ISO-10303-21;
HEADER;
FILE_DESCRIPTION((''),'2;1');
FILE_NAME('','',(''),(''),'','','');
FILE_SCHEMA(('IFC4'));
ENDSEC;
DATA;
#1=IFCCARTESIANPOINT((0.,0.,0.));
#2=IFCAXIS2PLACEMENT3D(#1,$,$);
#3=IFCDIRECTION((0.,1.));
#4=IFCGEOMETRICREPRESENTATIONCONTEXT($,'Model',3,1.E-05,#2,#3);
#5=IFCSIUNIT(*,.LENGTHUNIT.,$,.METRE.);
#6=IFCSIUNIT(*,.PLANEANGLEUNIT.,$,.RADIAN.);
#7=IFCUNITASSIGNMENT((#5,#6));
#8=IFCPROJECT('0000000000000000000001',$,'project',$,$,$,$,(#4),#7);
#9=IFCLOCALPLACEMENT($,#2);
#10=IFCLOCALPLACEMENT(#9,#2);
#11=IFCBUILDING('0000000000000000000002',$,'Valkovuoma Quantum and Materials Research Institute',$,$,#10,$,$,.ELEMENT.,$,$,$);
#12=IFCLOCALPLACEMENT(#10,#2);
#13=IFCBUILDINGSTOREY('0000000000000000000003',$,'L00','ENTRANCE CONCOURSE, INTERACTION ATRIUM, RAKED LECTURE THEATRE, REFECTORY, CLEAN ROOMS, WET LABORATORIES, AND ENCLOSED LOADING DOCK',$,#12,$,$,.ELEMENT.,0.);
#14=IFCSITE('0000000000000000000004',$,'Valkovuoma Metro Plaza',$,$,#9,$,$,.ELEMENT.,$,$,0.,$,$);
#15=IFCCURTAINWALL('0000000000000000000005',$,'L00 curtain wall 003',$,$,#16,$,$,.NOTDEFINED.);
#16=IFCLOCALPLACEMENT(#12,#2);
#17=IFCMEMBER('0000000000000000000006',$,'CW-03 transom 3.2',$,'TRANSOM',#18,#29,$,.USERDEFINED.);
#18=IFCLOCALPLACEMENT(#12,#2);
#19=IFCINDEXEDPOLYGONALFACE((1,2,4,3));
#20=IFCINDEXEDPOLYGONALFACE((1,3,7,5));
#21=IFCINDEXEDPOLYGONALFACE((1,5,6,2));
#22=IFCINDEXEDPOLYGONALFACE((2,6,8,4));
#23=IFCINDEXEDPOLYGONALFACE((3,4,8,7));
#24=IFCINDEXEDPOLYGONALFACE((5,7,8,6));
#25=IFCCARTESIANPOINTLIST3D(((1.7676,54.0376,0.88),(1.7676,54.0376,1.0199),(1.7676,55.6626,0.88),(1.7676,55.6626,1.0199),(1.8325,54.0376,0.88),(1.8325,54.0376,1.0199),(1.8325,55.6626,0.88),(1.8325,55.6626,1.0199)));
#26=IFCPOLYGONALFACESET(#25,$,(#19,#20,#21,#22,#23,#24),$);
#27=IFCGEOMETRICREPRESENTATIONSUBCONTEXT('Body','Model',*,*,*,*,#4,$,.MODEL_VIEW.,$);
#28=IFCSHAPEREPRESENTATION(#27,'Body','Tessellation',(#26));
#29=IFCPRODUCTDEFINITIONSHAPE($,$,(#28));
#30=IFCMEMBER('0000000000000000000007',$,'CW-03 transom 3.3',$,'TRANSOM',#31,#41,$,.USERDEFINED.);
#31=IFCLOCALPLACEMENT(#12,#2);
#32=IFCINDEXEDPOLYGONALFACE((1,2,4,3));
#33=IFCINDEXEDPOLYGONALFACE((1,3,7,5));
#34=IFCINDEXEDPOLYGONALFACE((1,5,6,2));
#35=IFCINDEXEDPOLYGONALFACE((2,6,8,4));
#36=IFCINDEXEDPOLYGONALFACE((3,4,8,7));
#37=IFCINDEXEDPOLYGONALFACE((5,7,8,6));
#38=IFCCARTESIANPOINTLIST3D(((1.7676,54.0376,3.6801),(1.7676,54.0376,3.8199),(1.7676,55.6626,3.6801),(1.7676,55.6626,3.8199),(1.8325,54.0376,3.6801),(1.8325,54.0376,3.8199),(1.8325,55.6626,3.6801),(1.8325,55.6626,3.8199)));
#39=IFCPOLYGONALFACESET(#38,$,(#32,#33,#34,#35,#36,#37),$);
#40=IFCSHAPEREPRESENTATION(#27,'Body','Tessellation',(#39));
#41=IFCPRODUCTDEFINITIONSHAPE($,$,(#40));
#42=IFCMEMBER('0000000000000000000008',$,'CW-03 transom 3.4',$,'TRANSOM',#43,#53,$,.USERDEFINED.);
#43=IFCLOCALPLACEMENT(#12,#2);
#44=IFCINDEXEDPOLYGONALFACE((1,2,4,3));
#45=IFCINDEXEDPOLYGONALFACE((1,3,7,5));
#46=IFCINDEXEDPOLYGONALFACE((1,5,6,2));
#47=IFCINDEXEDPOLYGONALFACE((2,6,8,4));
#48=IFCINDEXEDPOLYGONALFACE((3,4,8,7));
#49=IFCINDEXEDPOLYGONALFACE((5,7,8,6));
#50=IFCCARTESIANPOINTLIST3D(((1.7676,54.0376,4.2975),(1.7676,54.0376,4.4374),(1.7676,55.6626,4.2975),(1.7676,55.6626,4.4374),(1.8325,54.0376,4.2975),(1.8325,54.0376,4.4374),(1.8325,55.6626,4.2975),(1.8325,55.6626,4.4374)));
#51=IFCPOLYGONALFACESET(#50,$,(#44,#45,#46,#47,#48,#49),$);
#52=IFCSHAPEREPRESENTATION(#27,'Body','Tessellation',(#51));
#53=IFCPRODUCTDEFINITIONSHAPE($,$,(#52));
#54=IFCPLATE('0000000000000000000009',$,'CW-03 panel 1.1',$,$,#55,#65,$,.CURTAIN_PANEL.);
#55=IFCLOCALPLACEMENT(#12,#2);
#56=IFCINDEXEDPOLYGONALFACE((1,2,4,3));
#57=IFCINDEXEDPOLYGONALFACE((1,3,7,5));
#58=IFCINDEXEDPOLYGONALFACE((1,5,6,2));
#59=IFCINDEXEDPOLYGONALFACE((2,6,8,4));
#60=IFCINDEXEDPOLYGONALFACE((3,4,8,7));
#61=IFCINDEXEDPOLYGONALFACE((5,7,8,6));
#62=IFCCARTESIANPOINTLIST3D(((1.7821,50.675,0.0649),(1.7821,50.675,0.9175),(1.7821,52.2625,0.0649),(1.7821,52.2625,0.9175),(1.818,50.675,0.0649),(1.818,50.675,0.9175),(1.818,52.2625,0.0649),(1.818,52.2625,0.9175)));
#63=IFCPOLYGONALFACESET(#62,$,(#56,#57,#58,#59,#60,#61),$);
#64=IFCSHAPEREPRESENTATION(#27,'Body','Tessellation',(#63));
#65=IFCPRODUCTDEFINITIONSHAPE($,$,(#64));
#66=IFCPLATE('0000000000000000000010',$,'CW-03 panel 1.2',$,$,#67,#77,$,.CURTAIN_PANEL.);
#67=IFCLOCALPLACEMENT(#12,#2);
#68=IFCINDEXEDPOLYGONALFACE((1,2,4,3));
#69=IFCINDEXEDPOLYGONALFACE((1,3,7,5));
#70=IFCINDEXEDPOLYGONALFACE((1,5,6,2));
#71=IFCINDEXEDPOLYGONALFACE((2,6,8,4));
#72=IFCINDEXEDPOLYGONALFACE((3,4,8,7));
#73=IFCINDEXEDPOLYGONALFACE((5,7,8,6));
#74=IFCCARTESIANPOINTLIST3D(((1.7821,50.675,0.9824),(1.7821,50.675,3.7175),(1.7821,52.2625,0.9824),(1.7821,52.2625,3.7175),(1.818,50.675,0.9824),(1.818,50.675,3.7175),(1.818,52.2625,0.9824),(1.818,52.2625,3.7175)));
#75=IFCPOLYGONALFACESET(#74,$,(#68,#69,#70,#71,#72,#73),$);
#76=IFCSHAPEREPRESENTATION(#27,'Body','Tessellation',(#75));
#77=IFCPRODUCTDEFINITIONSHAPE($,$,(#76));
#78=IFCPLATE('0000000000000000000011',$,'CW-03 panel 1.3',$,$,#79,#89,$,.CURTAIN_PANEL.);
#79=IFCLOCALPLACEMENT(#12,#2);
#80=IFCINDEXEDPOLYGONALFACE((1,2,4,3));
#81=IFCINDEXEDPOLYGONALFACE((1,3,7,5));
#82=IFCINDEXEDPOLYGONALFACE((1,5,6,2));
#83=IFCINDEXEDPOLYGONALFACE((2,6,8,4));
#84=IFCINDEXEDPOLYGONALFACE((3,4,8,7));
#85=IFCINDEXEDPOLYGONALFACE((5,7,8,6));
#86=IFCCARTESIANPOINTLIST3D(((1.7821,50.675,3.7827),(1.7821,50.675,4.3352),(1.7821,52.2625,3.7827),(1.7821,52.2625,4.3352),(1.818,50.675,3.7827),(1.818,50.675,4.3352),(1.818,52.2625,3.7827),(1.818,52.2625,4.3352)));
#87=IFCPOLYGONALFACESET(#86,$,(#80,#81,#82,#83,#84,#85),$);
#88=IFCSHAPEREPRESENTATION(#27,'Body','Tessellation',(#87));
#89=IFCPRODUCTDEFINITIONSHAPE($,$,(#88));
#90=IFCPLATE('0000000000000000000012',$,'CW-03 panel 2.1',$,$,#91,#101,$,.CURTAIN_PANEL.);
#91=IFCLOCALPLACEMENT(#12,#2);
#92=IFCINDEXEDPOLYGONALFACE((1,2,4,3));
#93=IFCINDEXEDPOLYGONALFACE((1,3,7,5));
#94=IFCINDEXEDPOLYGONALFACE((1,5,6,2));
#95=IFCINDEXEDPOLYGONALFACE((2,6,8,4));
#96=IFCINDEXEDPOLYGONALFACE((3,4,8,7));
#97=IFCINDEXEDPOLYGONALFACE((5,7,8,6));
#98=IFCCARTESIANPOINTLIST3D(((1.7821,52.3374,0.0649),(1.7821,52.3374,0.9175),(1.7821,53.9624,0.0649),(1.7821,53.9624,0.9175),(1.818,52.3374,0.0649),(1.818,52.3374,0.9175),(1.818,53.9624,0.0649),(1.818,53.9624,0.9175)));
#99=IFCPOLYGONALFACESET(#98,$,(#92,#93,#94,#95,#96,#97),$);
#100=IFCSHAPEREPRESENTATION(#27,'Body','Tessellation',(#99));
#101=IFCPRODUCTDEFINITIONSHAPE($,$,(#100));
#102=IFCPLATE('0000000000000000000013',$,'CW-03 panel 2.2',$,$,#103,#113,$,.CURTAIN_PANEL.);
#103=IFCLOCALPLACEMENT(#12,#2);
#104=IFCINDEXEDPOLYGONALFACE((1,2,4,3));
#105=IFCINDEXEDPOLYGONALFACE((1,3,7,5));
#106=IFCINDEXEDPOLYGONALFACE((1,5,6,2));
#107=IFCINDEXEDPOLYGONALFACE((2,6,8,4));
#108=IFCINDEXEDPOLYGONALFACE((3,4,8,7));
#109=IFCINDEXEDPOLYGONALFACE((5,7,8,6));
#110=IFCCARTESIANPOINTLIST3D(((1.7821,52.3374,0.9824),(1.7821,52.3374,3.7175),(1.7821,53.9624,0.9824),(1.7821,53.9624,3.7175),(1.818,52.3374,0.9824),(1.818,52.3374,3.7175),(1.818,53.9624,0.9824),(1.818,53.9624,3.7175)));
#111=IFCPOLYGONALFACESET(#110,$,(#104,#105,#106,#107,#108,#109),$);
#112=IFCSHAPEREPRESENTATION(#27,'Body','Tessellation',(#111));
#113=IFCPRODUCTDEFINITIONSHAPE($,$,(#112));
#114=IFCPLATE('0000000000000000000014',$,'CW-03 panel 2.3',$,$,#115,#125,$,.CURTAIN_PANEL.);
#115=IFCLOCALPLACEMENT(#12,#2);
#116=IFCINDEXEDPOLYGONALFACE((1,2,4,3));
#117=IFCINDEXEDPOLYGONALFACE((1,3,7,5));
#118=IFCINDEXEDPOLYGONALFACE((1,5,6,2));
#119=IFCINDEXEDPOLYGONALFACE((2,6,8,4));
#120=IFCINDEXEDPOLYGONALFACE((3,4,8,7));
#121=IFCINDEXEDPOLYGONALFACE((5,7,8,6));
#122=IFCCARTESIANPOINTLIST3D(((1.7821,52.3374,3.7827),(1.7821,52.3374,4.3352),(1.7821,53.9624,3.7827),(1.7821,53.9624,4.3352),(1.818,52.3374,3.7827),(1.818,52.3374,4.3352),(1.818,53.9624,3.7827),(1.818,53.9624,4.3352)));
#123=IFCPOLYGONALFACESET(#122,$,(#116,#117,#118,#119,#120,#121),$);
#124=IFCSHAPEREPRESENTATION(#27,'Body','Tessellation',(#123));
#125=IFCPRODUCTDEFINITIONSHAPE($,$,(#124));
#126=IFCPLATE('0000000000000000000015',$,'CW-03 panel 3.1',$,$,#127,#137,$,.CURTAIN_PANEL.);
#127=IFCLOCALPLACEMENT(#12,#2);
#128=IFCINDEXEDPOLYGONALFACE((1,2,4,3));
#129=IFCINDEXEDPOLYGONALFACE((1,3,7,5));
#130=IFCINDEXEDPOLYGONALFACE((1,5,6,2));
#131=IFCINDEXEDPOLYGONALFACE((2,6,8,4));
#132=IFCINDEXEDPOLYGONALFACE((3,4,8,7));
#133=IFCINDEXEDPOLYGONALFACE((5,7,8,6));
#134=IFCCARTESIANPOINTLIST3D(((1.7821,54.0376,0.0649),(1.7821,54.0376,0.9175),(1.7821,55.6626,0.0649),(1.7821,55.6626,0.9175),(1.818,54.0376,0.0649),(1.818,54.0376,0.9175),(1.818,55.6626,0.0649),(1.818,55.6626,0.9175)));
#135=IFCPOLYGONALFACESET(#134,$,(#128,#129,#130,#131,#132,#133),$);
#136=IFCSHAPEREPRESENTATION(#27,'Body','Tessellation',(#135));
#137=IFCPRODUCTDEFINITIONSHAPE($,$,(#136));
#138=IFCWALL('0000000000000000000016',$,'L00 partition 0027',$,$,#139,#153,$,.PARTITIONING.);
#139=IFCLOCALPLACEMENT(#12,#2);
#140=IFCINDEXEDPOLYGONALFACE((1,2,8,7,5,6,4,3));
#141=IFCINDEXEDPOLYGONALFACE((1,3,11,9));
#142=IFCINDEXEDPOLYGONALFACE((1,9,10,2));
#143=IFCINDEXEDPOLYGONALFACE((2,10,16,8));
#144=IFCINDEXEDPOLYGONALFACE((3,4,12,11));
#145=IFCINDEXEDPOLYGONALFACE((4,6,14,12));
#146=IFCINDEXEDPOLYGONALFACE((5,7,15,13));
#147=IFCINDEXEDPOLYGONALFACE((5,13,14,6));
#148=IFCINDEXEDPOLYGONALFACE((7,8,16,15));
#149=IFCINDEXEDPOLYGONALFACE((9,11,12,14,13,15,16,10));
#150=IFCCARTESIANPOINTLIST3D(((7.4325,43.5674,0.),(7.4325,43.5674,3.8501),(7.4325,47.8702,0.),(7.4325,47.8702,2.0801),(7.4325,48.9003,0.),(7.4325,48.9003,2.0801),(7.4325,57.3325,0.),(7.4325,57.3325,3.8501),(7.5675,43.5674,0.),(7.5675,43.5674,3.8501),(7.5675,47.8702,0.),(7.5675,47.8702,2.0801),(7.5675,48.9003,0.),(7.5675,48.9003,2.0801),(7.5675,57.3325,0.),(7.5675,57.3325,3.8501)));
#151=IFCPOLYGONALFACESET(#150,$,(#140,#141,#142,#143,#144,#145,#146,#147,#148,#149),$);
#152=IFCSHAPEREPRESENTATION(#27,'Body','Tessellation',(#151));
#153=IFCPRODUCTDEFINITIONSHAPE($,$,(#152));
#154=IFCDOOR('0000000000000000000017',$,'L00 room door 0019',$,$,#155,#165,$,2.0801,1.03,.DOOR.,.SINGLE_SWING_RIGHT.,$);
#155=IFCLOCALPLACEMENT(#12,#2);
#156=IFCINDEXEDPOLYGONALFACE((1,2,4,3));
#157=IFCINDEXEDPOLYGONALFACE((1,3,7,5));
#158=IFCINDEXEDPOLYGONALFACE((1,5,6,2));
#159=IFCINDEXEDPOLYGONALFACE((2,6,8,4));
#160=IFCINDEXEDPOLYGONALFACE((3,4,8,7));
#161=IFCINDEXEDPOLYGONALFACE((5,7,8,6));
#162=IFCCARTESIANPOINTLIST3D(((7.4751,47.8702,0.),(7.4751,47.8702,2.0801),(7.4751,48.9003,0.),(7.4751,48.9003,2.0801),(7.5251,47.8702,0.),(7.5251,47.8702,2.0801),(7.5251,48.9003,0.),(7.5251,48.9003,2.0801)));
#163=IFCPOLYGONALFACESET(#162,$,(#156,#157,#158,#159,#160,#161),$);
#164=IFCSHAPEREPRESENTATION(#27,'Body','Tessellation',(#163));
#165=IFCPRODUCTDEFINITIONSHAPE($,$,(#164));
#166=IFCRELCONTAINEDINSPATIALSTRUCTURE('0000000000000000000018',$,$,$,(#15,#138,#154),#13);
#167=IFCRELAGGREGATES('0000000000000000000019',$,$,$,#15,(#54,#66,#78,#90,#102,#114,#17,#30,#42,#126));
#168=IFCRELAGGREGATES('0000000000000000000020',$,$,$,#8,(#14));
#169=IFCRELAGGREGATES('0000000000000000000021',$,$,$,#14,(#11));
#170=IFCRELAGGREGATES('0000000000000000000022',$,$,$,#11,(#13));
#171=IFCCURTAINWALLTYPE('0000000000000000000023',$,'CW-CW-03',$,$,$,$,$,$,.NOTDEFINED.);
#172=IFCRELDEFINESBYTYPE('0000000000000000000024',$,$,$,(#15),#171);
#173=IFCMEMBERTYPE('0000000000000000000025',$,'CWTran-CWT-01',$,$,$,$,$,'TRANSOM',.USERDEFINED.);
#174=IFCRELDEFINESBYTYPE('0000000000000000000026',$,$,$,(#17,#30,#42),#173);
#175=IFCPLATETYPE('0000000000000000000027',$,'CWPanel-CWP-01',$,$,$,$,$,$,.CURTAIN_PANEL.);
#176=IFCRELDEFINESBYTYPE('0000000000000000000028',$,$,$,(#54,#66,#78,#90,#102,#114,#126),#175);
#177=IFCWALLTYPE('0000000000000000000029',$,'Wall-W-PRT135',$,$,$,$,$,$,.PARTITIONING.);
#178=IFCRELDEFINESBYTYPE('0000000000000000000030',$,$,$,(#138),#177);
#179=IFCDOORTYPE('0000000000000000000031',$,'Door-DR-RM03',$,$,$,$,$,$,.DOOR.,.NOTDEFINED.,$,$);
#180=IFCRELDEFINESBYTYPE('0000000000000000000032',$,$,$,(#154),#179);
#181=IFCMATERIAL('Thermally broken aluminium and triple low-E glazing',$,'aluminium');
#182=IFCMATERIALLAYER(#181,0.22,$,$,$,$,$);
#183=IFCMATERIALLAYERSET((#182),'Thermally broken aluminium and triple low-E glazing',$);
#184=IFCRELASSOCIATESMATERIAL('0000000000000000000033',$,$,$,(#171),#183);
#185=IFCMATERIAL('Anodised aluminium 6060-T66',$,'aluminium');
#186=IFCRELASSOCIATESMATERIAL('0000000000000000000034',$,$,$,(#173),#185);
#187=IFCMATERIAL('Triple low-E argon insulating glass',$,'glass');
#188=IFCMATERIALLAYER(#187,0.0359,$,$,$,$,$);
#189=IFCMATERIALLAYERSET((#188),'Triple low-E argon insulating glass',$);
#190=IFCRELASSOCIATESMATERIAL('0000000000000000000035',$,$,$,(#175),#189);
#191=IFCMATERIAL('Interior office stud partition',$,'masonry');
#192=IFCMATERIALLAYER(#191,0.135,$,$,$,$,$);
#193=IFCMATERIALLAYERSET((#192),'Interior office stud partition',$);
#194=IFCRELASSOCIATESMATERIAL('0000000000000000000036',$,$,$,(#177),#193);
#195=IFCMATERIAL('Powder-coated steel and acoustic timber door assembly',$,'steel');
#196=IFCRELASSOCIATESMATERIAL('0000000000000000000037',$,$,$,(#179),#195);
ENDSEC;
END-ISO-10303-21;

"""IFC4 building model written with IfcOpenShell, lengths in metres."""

from ifc_helpers import new_model, si_unit, direction, frame, frame_2d, origin, origin_2d, place, context, subcontext, project, spatial, rectangle, extrude, material, layer, layer_set, material_profile, profile_set, type_object, element, fill, aggregate, save


model = new_model("IFC4")

# Units and contexts
model_context = context("Model", 3, precision=1e-05, world=origin(), true_north=direction((0.0, 1.0)))
body_context = subcontext(model_context, "Body", "Model", "MODEL_VIEW")
ifc_project = project(units=[si_unit("LENGTHUNIT", "METRE"), si_unit("PLANEANGLEUNIT", "RADIAN")], contexts=[model_context])

# Site, building, storey
site_placement = place(None, origin())
site = spatial("IfcSite", under=ifc_project, at=site_placement, Name="Valkovuoma Metro Plaza", CompositionType="ELEMENT", RefElevation=0.0)
building_placement = place(site_placement, origin())
building = spatial("IfcBuilding", under=site, at=building_placement, Name="Valkovuoma Quantum and Materials Research Institute", CompositionType="ELEMENT")
storey_placement = place(building_placement, origin())
storey = spatial("IfcBuildingStorey", under=building, at=storey_placement, Name="L00", Description="ENTRANCE CONCOURSE, INTERACTION ATRIUM, RAKED LECTURE THEATRE, REFECTORY, CLEAN ROOMS, WET LABORATORIES, AND ENCLOSED LOADING DOCK", CompositionType="ELEMENT", Elevation=0.0)

# Curtain wall, members, plates
ifc_material_1 = material(Name="Thermally broken aluminium and triple low-E glazing", Category="aluminium")
ifc_layer_1 = layer(ifc_material_1, 0.22)
ifc_layer_set_1 = layer_set([ifc_layer_1], Name="Thermally broken aluminium and triple low-E glazing")
curtain_wall_type = type_object("IfcCurtainWallType", Name="CW-CW-03", PredefinedType="NOTDEFINED", material=ifc_layer_set_1)
curtain_wall_placement = place(storey_placement, origin())
curtain_wall = element("IfcCurtainWall", 1, at=curtain_wall_placement, inside=storey, type_object=curtain_wall_type, Name="L00 curtain wall 003", PredefinedType="NOTDEFINED")
ifc_material_2 = material(Name="Anodised aluminium 6060-T66", Category="aluminium")
ifc_material_profile_1 = material_profile(ifc_material_2, rectangle(XDim=0.0649, YDim=0.1399, at=origin_2d()), Name="Anodised aluminium 6060-T66")
ifc_profile_set_1 = profile_set([ifc_material_profile_1], Name="Anodised aluminium 6060-T66")
member_type_1 = type_object("IfcMemberType", Name="CWTran-CWT-01", ElementType="TRANSOM", PredefinedType="USERDEFINED", material=ifc_profile_set_1)
member_1_placement = place(storey_placement, frame((1.8, 54.0376, 0.95), z_axis=(0.0, 1.0, 0.0), x_axis=(-1.0, 0.0, 0.0)))
member_1 = element("IfcMember", 2, at=member_1_placement, type_object=member_type_1, Name="CW-03 transom 3.2", ObjectType="TRANSOM", PredefinedType="USERDEFINED", context=body_context, shape_type="SweptSolid", body=[
    extrude(rectangle(XDim=0.0649, YDim=0.1399, at=origin_2d()), origin(), (0.0, 0.0, 1.0), 1.625),
])
member_2_placement = place(storey_placement, frame((1.8, 54.0376, 3.75), z_axis=(0.0, 1.0, 0.0), x_axis=(-1.0, 0.0, 0.0)))
member_2 = element("IfcMember", 3, at=member_2_placement, type_object=member_type_1, Name="CW-03 transom 3.3", ObjectType="TRANSOM", PredefinedType="USERDEFINED", context=body_context, shape_type="SweptSolid", body=[
    extrude(rectangle(XDim=0.0649, YDim=0.1399, at=origin_2d()), origin(), (0.0, 0.0, 1.0), 1.625),
])
member_3_placement = place(storey_placement, frame((1.8, 54.0376, 4.3674), z_axis=(0.0, 1.0, 0.0), x_axis=(-1.0, 0.0, 0.0)))
member_3 = element("IfcMember", 4, at=member_3_placement, type_object=member_type_1, Name="CW-03 transom 3.4", ObjectType="TRANSOM", PredefinedType="USERDEFINED", context=body_context, shape_type="SweptSolid", body=[
    extrude(rectangle(XDim=0.0649, YDim=0.1399, at=origin_2d()), origin(), (0.0, 0.0, 1.0), 1.625),
])
ifc_material_3 = material(Name="Triple low-E argon insulating glass", Category="glass")
ifc_layer_2 = layer(ifc_material_3, 0.0359)
ifc_layer_set_2 = layer_set([ifc_layer_2], Name="Triple low-E argon insulating glass")
plate_type = type_object("IfcPlateType", Name="CWPanel-CWP-01", PredefinedType="CURTAIN_PANEL", material=ifc_layer_set_2)
plate_1_placement = place(storey_placement, frame((1.8, 51.4688, 0.0649), z_axis=(0.0, 0.0, 1.0), x_axis=(0.0, 1.0, 0.0)))
plate_1 = element("IfcPlate", 5, at=plate_1_placement, type_object=plate_type, Name="CW-03 panel 1.1", PredefinedType="CURTAIN_PANEL", context=body_context, shape_type="SweptSolid", body=[
    extrude(rectangle(XDim=1.5874, YDim=0.0359, at=origin_2d()), origin(), (0.0, 0.0, 1.0), 0.8525),
])
plate_2_placement = place(storey_placement, frame((1.8, 51.4688, 0.9824), z_axis=(0.0, 0.0, 1.0), x_axis=(0.0, 1.0, 0.0)))
plate_2 = element("IfcPlate", 6, at=plate_2_placement, type_object=plate_type, Name="CW-03 panel 1.2", PredefinedType="CURTAIN_PANEL", context=body_context, shape_type="SweptSolid", body=[
    extrude(rectangle(XDim=1.5874, YDim=0.0359, at=origin_2d()), origin(), (0.0, 0.0, 1.0), 2.7351),
])
plate_3_placement = place(storey_placement, frame((1.8, 51.4688, 3.7827), z_axis=(0.0, 0.0, 1.0), x_axis=(0.0, 1.0, 0.0)))
plate_3 = element("IfcPlate", 7, at=plate_3_placement, type_object=plate_type, Name="CW-03 panel 1.3", PredefinedType="CURTAIN_PANEL", context=body_context, shape_type="SweptSolid", body=[
    extrude(rectangle(XDim=1.5874, YDim=0.0359, at=origin_2d()), origin(), (0.0, 0.0, 1.0), 0.5525),
])
plate_4_placement = place(storey_placement, frame((1.8, 53.1499, 0.0649), z_axis=(0.0, 0.0, 1.0), x_axis=(0.0, 1.0, 0.0)))
plate_4 = element("IfcPlate", 8, at=plate_4_placement, type_object=plate_type, Name="CW-03 panel 2.1", PredefinedType="CURTAIN_PANEL", context=body_context, shape_type="SweptSolid", body=[
    extrude(rectangle(XDim=1.625, YDim=0.0359, at=origin_2d()), origin(), (0.0, 0.0, 1.0), 0.8525),
])
plate_5_placement = place(storey_placement, frame((1.8, 53.1499, 0.9824), z_axis=(0.0, 0.0, 1.0), x_axis=(0.0, 1.0, 0.0)))
plate_5 = element("IfcPlate", 9, at=plate_5_placement, type_object=plate_type, Name="CW-03 panel 2.2", PredefinedType="CURTAIN_PANEL", context=body_context, shape_type="SweptSolid", body=[
    extrude(rectangle(XDim=1.625, YDim=0.0359, at=origin_2d()), origin(), (0.0, 0.0, 1.0), 2.7351),
])
plate_6_placement = place(storey_placement, frame((1.8, 53.1499, 3.7827), z_axis=(0.0, 0.0, 1.0), x_axis=(0.0, 1.0, 0.0)))
plate_6 = element("IfcPlate", 10, at=plate_6_placement, type_object=plate_type, Name="CW-03 panel 2.3", PredefinedType="CURTAIN_PANEL", context=body_context, shape_type="SweptSolid", body=[
    extrude(rectangle(XDim=1.625, YDim=0.0359, at=origin_2d()), origin(), (0.0, 0.0, 1.0), 0.5525),
])
plate_7_placement = place(storey_placement, frame((1.8, 54.8501, 0.0649), z_axis=(0.0, 0.0, 1.0), x_axis=(0.0, 1.0, 0.0)))
plate_7 = element("IfcPlate", 11, at=plate_7_placement, type_object=plate_type, Name="CW-03 panel 3.1", PredefinedType="CURTAIN_PANEL", context=body_context, shape_type="SweptSolid", body=[
    extrude(rectangle(XDim=1.625, YDim=0.0359, at=origin_2d()), origin(), (0.0, 0.0, 1.0), 0.8525),
])
aggregate(curtain_wall, [plate_1, plate_2, plate_3, plate_4, plate_5, plate_6, member_1, member_2, member_3, plate_7])

# Wall, opening, door
ifc_material_4 = material(Name="Interior office stud partition", Category="masonry")
ifc_layer_3 = layer(ifc_material_4, 0.135)
ifc_layer_set_3 = layer_set([ifc_layer_3], Name="Interior office stud partition")
wall_type = type_object("IfcWallType", Name="Wall-W-PRT135", PredefinedType="PARTITIONING", material=ifc_layer_set_3)
wall_placement = place(storey_placement, frame((7.5, 43.5674, 0.0), z_axis=(0.0, 0.0, 1.0), x_axis=(0.0, 1.0, 0.0)))
wall = element("IfcWall", 12, at=wall_placement, inside=storey, type_object=wall_type, Name="L00 partition 0027", PredefinedType="PARTITIONING", context=body_context, shape_type="SweptSolid", body=[
    extrude(rectangle(XDim=13.7651, YDim=0.135, at=frame_2d((6.8826, 0.0))), origin(), (0.0, 0.0, 1.0), 3.8501),
])
opening_placement = place(wall_placement, frame((4.3027, 0.0, 0.0)))
opening = element("IfcOpeningElement", 13, at=opening_placement, cuts=wall, PredefinedType="OPENING", context=body_context, shape_type="SweptSolid", body=[
    extrude(rectangle(XDim=1.03, YDim=2.0801, at=frame_2d((0.5151, 1.04))), frame((0.0, 0.0776, 0.0), z_axis=(0.0, -1.0, 0.0), x_axis=(1.0, 0.0, 0.0)), (0.0, 0.0, 1.0), 0.155),
])
ifc_material_5 = material(Name="Powder-coated steel and acoustic timber door assembly", Category="steel")
door_type = type_object("IfcDoorType", Name="Door-DR-RM03", OperationType="NOTDEFINED", PredefinedType="DOOR", material=ifc_material_5)
door_placement = place(opening_placement, origin())
door = element("IfcDoor", 14, at=door_placement, inside=storey, type_object=door_type, Name="L00 room door 0019", OperationType="SINGLE_SWING_RIGHT", OverallHeight=2.0801, OverallWidth=1.03, PredefinedType="DOOR", context=body_context, shape_type="SweptSolid", body=[
    extrude(rectangle(XDim=1.03, YDim=2.0801, at=frame_2d((0.5151, 1.04))), frame((0.0, 0.0249, 0.0), z_axis=(0.0, -1.0, 0.0), x_axis=(1.0, 0.0, 0.0)), (0.0, 0.0, 1.0), 0.05),
])
fill(opening, door)

save(model, "model.ifc")
